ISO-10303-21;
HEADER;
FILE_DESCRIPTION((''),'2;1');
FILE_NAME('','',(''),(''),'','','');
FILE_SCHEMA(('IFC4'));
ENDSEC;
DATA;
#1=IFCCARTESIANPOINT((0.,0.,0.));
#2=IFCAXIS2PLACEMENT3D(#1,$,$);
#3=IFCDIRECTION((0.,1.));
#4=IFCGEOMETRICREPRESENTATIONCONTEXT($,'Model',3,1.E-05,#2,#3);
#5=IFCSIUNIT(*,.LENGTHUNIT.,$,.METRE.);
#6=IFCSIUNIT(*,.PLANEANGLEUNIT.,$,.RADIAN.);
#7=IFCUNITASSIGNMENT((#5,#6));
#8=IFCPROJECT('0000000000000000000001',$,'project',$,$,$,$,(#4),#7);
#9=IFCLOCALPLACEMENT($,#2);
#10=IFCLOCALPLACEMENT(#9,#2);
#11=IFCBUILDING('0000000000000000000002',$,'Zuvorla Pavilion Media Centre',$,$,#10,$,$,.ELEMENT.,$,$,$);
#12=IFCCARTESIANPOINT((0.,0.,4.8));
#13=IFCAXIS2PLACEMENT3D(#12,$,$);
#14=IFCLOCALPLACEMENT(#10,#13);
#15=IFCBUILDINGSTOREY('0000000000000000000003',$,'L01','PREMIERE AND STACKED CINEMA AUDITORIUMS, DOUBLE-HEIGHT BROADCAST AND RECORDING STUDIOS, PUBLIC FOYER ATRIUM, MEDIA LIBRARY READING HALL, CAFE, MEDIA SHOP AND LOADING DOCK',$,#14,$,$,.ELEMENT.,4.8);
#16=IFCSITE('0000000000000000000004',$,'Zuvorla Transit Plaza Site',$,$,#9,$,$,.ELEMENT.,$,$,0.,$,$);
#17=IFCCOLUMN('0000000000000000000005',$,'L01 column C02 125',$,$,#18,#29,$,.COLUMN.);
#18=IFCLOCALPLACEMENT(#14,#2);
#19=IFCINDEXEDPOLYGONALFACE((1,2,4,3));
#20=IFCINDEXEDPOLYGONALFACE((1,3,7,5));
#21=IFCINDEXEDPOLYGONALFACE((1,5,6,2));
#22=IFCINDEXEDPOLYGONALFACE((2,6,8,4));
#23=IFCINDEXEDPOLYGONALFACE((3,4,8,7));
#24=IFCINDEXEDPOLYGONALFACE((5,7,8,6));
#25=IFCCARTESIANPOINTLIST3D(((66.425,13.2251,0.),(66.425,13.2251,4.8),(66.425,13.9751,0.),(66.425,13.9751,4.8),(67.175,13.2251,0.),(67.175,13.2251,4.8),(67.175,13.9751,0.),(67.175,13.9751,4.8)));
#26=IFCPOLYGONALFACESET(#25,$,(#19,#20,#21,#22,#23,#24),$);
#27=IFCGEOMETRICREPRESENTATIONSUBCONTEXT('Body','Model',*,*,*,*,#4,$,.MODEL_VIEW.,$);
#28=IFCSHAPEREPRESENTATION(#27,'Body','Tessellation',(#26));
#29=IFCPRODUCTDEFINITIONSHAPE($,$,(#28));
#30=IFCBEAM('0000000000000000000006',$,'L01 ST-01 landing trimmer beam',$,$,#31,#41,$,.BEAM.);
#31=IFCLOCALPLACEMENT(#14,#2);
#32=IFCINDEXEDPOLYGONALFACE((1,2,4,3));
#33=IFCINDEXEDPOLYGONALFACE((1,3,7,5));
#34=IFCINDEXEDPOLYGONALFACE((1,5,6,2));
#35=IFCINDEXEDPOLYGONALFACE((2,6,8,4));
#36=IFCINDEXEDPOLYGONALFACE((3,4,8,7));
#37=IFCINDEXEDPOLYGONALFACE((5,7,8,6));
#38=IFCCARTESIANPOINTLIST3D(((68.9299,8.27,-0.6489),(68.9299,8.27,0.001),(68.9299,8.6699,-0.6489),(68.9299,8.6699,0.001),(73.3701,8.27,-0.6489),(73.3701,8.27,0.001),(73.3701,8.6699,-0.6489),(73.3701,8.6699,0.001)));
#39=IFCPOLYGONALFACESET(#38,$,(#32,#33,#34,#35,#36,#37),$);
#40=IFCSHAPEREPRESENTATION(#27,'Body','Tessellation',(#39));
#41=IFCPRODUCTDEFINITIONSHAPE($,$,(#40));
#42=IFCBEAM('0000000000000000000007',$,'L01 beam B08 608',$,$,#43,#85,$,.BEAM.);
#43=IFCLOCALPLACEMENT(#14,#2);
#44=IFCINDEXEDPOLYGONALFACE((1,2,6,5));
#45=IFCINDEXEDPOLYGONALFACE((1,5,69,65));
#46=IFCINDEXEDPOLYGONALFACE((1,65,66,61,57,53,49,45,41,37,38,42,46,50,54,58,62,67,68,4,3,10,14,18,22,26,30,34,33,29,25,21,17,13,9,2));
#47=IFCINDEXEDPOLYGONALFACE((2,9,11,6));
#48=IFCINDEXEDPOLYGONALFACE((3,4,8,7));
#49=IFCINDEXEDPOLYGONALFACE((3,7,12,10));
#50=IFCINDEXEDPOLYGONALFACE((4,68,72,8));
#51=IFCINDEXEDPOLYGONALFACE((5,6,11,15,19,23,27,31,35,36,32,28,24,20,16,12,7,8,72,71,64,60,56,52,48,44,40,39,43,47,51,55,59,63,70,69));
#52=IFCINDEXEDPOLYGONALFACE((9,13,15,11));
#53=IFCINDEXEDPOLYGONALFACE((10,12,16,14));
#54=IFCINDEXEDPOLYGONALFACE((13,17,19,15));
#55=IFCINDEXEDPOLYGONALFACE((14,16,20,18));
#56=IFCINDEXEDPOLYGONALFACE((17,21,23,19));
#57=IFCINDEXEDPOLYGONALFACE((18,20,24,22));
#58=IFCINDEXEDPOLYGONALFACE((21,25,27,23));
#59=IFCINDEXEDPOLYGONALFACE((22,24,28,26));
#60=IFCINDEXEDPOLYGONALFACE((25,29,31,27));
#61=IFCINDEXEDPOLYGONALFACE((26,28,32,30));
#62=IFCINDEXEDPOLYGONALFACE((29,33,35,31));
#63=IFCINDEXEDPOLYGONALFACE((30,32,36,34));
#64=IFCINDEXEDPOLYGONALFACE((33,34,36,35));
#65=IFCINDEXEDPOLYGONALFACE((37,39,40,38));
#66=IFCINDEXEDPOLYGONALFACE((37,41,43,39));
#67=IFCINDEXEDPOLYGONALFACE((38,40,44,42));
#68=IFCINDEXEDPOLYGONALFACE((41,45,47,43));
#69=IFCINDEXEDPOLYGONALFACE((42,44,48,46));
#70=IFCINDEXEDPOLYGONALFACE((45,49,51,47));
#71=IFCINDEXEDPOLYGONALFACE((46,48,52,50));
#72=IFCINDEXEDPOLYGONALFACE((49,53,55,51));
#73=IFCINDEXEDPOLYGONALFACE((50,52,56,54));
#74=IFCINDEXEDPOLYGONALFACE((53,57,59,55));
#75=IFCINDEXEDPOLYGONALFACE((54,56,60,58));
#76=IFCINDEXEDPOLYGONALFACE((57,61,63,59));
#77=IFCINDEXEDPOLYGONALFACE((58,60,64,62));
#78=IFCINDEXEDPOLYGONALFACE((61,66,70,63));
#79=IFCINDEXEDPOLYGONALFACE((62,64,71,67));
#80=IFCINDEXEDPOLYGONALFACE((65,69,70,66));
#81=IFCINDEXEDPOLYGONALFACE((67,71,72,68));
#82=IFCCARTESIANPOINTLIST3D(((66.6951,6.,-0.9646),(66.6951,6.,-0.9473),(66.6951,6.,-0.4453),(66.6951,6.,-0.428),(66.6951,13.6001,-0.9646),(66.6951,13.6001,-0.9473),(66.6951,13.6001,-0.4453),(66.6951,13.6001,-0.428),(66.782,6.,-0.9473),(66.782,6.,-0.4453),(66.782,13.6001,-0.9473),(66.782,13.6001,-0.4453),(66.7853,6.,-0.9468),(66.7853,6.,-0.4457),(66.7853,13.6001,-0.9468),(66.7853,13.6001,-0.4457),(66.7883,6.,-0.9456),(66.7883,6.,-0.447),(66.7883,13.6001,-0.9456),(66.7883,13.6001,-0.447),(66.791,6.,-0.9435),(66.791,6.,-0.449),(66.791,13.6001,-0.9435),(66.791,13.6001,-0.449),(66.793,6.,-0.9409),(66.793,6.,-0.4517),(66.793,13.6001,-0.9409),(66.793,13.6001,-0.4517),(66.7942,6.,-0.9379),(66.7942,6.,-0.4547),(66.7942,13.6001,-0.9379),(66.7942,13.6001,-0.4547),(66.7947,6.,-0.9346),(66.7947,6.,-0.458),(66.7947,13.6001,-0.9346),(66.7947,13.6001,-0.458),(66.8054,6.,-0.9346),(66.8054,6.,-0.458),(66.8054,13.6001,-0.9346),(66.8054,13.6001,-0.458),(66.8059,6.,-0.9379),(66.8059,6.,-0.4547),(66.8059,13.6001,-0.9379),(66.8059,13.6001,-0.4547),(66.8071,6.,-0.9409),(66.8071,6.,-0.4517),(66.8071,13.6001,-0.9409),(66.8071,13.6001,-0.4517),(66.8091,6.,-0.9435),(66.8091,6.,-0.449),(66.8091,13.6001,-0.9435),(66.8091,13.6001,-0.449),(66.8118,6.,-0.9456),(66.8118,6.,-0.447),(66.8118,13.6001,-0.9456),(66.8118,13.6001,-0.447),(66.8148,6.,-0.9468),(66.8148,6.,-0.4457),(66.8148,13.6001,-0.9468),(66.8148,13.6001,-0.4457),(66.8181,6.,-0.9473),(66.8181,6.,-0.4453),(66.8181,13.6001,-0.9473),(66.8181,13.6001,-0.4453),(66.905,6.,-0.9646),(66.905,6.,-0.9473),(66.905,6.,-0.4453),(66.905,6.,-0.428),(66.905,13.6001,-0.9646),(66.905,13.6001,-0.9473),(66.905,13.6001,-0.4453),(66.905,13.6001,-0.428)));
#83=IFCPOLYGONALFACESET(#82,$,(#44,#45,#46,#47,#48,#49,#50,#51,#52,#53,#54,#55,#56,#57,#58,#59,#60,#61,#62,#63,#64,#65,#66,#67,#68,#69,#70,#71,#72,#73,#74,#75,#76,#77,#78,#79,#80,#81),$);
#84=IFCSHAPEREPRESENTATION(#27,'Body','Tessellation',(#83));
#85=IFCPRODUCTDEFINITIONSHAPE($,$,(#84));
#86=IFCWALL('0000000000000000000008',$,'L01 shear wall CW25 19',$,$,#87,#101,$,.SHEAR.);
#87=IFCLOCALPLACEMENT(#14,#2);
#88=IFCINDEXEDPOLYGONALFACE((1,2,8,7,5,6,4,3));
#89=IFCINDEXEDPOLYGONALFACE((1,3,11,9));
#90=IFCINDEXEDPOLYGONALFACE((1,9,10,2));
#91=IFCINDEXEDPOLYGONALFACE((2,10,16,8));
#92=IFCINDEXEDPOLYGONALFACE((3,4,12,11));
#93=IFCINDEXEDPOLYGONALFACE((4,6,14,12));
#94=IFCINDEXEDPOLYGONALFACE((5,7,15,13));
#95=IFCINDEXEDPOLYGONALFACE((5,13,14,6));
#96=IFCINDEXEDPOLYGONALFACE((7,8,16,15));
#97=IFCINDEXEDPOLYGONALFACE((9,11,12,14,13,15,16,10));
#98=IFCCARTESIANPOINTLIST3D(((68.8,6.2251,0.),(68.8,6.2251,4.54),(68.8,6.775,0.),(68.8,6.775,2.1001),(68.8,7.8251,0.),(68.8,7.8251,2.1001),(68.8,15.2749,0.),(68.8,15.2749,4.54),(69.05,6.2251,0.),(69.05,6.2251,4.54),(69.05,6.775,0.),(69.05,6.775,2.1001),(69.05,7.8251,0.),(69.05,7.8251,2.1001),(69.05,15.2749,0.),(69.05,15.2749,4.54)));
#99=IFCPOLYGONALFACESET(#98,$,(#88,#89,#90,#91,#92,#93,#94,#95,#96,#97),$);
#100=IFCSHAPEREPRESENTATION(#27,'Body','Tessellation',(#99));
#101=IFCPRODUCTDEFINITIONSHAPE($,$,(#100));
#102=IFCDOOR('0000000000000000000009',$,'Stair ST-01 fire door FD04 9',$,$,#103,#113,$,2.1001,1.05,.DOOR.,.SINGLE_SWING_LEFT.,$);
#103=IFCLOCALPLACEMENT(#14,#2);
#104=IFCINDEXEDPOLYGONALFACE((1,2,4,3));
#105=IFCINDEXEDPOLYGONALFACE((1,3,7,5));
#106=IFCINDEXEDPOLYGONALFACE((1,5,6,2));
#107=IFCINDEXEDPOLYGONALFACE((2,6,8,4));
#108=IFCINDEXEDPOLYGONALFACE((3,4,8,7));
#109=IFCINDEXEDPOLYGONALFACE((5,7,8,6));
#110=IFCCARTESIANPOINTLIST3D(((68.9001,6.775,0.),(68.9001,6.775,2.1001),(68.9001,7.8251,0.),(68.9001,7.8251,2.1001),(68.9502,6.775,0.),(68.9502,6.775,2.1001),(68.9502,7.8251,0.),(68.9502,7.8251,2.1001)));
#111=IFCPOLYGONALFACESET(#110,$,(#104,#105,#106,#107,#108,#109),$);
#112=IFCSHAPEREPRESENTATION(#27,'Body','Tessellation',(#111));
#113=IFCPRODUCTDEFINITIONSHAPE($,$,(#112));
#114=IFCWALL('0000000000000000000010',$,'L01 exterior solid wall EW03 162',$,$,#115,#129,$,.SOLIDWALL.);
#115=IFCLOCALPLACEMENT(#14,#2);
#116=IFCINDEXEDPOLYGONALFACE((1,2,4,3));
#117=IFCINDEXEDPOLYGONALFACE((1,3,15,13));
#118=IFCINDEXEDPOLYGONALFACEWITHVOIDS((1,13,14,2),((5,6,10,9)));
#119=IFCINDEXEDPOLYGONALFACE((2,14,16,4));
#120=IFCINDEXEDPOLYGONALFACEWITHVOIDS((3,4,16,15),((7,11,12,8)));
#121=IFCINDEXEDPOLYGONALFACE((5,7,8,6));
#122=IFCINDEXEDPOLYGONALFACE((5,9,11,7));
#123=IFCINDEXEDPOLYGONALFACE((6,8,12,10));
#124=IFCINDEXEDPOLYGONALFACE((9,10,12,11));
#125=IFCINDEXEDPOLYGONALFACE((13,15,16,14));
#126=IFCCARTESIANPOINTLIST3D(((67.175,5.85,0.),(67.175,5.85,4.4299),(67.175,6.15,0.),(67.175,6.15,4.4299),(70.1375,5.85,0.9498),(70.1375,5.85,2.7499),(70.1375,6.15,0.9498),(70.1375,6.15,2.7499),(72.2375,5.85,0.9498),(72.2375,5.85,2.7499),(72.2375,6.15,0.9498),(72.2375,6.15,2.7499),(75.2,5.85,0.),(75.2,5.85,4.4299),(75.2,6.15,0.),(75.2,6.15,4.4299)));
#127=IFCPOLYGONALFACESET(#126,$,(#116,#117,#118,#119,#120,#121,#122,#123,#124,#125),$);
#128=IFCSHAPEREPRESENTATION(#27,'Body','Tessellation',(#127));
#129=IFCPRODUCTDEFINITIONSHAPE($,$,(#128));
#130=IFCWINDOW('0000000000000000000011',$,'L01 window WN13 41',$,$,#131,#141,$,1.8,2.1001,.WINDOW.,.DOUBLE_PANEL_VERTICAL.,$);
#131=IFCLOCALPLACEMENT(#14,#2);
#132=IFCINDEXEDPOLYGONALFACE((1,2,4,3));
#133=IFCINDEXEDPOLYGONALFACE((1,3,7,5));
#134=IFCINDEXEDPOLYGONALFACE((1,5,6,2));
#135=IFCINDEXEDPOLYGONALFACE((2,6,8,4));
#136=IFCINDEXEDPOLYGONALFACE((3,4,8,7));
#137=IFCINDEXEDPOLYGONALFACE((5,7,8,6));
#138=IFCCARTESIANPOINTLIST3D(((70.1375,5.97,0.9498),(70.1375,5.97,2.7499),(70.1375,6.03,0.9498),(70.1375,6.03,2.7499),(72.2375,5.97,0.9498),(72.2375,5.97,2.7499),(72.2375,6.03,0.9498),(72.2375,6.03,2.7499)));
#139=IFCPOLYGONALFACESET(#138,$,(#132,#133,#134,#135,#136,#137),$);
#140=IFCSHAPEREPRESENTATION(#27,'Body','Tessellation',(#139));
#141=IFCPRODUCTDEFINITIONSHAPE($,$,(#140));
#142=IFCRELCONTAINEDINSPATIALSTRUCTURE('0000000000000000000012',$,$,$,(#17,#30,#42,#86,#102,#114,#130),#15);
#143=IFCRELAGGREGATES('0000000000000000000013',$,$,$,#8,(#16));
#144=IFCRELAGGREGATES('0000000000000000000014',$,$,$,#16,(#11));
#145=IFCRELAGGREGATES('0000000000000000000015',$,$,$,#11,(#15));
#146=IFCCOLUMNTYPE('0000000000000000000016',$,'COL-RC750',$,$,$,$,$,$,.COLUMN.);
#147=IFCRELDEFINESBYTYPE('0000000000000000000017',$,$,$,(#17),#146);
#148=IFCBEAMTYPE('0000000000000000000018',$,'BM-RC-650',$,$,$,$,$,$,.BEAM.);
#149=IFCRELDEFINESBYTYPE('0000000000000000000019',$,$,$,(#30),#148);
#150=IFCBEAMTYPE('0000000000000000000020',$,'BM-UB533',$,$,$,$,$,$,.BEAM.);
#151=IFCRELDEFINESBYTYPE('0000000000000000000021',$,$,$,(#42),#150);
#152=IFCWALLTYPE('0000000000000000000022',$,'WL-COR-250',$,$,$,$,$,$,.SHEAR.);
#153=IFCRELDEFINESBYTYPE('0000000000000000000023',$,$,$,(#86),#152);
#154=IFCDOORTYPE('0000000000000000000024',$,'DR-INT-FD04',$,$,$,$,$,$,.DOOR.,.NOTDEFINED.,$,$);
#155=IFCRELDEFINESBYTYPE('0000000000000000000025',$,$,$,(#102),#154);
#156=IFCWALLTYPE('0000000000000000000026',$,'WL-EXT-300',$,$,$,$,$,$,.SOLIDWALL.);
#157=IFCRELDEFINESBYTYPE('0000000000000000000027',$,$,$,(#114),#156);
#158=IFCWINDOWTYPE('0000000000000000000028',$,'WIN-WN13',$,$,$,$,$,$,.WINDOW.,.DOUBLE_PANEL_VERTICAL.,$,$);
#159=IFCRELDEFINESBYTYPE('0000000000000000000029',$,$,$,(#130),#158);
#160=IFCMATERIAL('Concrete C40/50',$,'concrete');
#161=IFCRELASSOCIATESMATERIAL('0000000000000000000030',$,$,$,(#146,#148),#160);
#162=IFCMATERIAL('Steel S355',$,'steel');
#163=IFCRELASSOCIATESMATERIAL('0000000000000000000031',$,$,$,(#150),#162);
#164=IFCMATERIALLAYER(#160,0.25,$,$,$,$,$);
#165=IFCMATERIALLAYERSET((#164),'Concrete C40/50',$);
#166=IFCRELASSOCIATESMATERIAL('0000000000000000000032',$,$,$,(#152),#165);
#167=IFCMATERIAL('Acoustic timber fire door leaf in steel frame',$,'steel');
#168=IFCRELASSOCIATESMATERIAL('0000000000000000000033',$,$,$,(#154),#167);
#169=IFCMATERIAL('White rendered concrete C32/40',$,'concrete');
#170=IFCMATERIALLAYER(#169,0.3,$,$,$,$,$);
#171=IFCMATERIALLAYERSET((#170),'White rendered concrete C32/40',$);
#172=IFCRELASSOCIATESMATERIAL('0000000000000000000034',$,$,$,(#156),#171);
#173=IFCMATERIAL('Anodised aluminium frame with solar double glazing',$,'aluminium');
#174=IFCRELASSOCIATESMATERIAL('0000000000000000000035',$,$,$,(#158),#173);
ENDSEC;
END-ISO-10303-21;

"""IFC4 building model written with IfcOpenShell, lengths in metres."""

from ifc_helpers import new_model, si_unit, direction, frame, frame_2d, origin, origin_2d, place, context, subcontext, project, spatial, rectangle, i_section, extrude, material, layer, layer_set, material_profile, profile_set, type_object, element, fill, save


model = new_model("IFC4")

# Units and contexts
model_context = context("Model", 3, precision=1e-05, world=origin(), true_north=direction((0.0, 1.0)))
body_context = subcontext(model_context, "Body", "Model", "MODEL_VIEW")
ifc_project = project(units=[si_unit("LENGTHUNIT", "METRE"), si_unit("PLANEANGLEUNIT", "RADIAN")], contexts=[model_context])

# Site, building, storey
site_placement = place(None, origin())
site = spatial("IfcSite", under=ifc_project, at=site_placement, Name="Zuvorla Transit Plaza Site", CompositionType="ELEMENT", RefElevation=0.0)
building_placement = place(site_placement, origin())
building = spatial("IfcBuilding", under=site, at=building_placement, Name="Zuvorla Pavilion Media Centre", CompositionType="ELEMENT")
storey_placement = place(building_placement, frame((0.0, 0.0, 4.8)))
storey = spatial("IfcBuildingStorey", under=building, at=storey_placement, Name="L01", Description="PREMIERE AND STACKED CINEMA AUDITORIUMS, DOUBLE-HEIGHT BROADCAST AND RECORDING STUDIOS, PUBLIC FOYER ATRIUM, MEDIA LIBRARY READING HALL, CAFE, MEDIA SHOP AND LOADING DOCK", CompositionType="ELEMENT", Elevation=4.8)

# Column
ifc_material_1 = material(Name="Concrete C40/50", Category="concrete")
ifc_material_profile_1 = material_profile(ifc_material_1, rectangle(XDim=0.75, YDim=0.75, at=origin_2d()), Name="RC 750x750")
ifc_profile_set_1 = profile_set([ifc_material_profile_1], Name="Concrete C40/50")
column_type = type_object("IfcColumnType", Name="COL-RC750", PredefinedType="COLUMN", material=ifc_profile_set_1)
column_placement = place(storey_placement, frame((66.8, 13.6001, 0.0), z_axis=(0.0, 0.0, 1.0), x_axis=(1.0, 0.0, 0.0)))
element("IfcColumn", 1, at=column_placement, inside=storey, type_object=column_type, Name="L01 column C02 125", PredefinedType="COLUMN", context=body_context, shape_type="SweptSolid", body=[
    extrude(rectangle(XDim=0.75, YDim=0.75, at=origin_2d()), origin(), (0.0, 0.0, 1.0), 4.8),
])

# Beams
ifc_material_profile_2 = material_profile(ifc_material_1, rectangle(XDim=0.3999, YDim=0.6499, at=origin_2d()), Name="RC 400x650")
ifc_profile_set_2 = profile_set([ifc_material_profile_2], Name="Concrete C40/50")
beam_type_1 = type_object("IfcBeamType", Name="BM-RC-650", PredefinedType="BEAM", material=ifc_profile_set_2)
beam_1_placement = place(storey_placement, frame((68.9299, 8.47, -0.324), z_axis=(1.0, 0.0, 0.0), x_axis=(0.0, 1.0, 0.0)))
element("IfcBeam", 2, at=beam_1_placement, inside=storey, type_object=beam_type_1, Name="L01 ST-01 landing trimmer beam", PredefinedType="BEAM", context=body_context, shape_type="SweptSolid", body=[
    extrude(rectangle(XDim=0.3999, YDim=0.6499, at=origin_2d()), origin(), (0.0, 0.0, 1.0), 4.4402),
])
ifc_material_2 = material(Name="Steel S355", Category="steel")
ifc_material_profile_3 = material_profile(ifc_material_2, i_section(OverallWidth=0.21, OverallDepth=0.5366, WebThickness=0.0107, FlangeThickness=0.0173, FilletRadius=0.0127, at=origin_2d()), Name="UB 533x210x101")
ifc_profile_set_3 = profile_set([ifc_material_profile_3], Name="Steel S355")
beam_type_2 = type_object("IfcBeamType", Name="BM-UB533", PredefinedType="BEAM", material=ifc_profile_set_3)
beam_2_placement = place(storey_placement, frame((66.8, 6.0, -0.6963), z_axis=(0.0, 1.0, 0.0), x_axis=(-1.0, 0.0, 0.0)))
element("IfcBeam", 3, at=beam_2_placement, inside=storey, type_object=beam_type_2, Name="L01 beam B08 608", PredefinedType="BEAM", context=body_context, shape_type="SweptSolid", body=[
    extrude(i_section(OverallWidth=0.21, OverallDepth=0.5366, WebThickness=0.0107, FlangeThickness=0.0173, FilletRadius=0.0127, at=origin_2d()), origin(), (0.0, 0.0, 1.0), 7.6001),
])

# Wall, opening, door
ifc_layer_1 = layer(ifc_material_1, 0.25)
ifc_layer_set_1 = layer_set([ifc_layer_1], Name="Concrete C40/50")
wall_type_1 = type_object("IfcWallType", Name="WL-COR-250", PredefinedType="SHEAR", material=ifc_layer_set_1)
wall_1_placement = place(storey_placement, frame((68.925, 6.2251, 0.0), z_axis=(0.0, 0.0, 1.0), x_axis=(0.0, 1.0, 0.0)))
wall_1 = element("IfcWall", 4, at=wall_1_placement, inside=storey, type_object=wall_type_1, Name="L01 shear wall CW25 19", PredefinedType="SHEAR", context=body_context, shape_type="SweptSolid", body=[
    extrude(rectangle(XDim=9.0498, YDim=0.25, at=frame_2d((4.5249, 0.0))), origin(), (0.0, 0.0, 1.0), 4.54),
])
opening_1_placement = place(wall_1_placement, frame((0.55, 0.0, 0.0)))
opening_1 = element("IfcOpeningElement", 5, at=opening_1_placement, cuts=wall_1, PredefinedType="OPENING", context=body_context, shape_type="SweptSolid", body=[
    extrude(rectangle(XDim=1.05, YDim=2.1001, at=frame_2d((0.5249, 1.05))), frame((0.0, 0.135, 0.0), z_axis=(0.0, -1.0, 0.0), x_axis=(1.0, 0.0, 0.0)), (0.0, 0.0, 1.0), 0.27),
])
ifc_material_3 = material(Name="Acoustic timber fire door leaf in steel frame", Category="steel")
door_type = type_object("IfcDoorType", Name="DR-INT-FD04", OperationType="NOTDEFINED", PredefinedType="DOOR", material=ifc_material_3)
door_placement = place(opening_1_placement, origin())
door = element("IfcDoor", 6, at=door_placement, inside=storey, type_object=door_type, Name="Stair ST-01 fire door FD04 9", OperationType="SINGLE_SWING_LEFT", OverallHeight=2.1001, OverallWidth=1.05, PredefinedType="DOOR", context=body_context, shape_type="SweptSolid", body=[
    extrude(rectangle(XDim=1.05, YDim=2.1001, at=frame_2d((0.5249, 1.05))), frame((0.0, 0.0249, 0.0), z_axis=(0.0, -1.0, 0.0), x_axis=(1.0, 0.0, 0.0)), (0.0, 0.0, 1.0), 0.05),
])
fill(opening_1, door)

# Wall, opening, window
ifc_material_4 = material(Name="White rendered concrete C32/40", Category="concrete")
ifc_layer_2 = layer(ifc_material_4, 0.3)
ifc_layer_set_2 = layer_set([ifc_layer_2], Name="White rendered concrete C32/40")
wall_type_2 = type_object("IfcWallType", Name="WL-EXT-300", PredefinedType="SOLIDWALL", material=ifc_layer_set_2)
wall_2_placement = place(storey_placement, frame((67.175, 6.0, 0.0), z_axis=(0.0, 0.0, 1.0), x_axis=(1.0, 0.0, 0.0)))
wall_2 = element("IfcWall", 7, at=wall_2_placement, inside=storey, type_object=wall_type_2, Name="L01 exterior solid wall EW03 162", PredefinedType="SOLIDWALL", context=body_context, shape_type="SweptSolid", body=[
    extrude(rectangle(XDim=8.0249, YDim=0.3, at=frame_2d((4.0125, 0.0))), origin(), (0.0, 0.0, 1.0), 4.4299),
])
opening_2_placement = place(wall_2_placement, frame((2.9624, 0.0, 0.95)))
opening_2 = element("IfcOpeningElement", 8, at=opening_2_placement, cuts=wall_2, PredefinedType="OPENING", context=body_context, shape_type="SweptSolid", body=[
    extrude(rectangle(XDim=2.1001, YDim=1.8, at=frame_2d((1.05, 0.8999))), frame((0.0, 0.1599, 0.0), z_axis=(0.0, -1.0, 0.0), x_axis=(1.0, 0.0, 0.0)), (0.0, 0.0, 1.0), 0.3201),
])
ifc_material_5 = material(Name="Anodised aluminium frame with solar double glazing", Category="aluminium")
window_type = type_object("IfcWindowType", Name="WIN-WN13", PartitioningType="DOUBLE_PANEL_VERTICAL", PredefinedType="WINDOW", material=ifc_material_5)
window_placement = place(opening_2_placement, origin())
window = element("IfcWindow", 9, at=window_placement, inside=storey, type_object=window_type, Name="L01 window WN13 41", OverallHeight=1.8, OverallWidth=2.1001, PartitioningType="DOUBLE_PANEL_VERTICAL", PredefinedType="WINDOW", context=body_context, shape_type="SweptSolid", body=[
    extrude(rectangle(XDim=2.1001, YDim=1.8, at=frame_2d((1.05, 0.8999))), frame((0.0, 0.03, 0.0), z_axis=(0.0, -1.0, 0.0), x_axis=(1.0, 0.0, 0.0)), (0.0, 0.0, 1.0), 0.0601),
])
fill(opening_2, window)

save(model, "model.ifc")
